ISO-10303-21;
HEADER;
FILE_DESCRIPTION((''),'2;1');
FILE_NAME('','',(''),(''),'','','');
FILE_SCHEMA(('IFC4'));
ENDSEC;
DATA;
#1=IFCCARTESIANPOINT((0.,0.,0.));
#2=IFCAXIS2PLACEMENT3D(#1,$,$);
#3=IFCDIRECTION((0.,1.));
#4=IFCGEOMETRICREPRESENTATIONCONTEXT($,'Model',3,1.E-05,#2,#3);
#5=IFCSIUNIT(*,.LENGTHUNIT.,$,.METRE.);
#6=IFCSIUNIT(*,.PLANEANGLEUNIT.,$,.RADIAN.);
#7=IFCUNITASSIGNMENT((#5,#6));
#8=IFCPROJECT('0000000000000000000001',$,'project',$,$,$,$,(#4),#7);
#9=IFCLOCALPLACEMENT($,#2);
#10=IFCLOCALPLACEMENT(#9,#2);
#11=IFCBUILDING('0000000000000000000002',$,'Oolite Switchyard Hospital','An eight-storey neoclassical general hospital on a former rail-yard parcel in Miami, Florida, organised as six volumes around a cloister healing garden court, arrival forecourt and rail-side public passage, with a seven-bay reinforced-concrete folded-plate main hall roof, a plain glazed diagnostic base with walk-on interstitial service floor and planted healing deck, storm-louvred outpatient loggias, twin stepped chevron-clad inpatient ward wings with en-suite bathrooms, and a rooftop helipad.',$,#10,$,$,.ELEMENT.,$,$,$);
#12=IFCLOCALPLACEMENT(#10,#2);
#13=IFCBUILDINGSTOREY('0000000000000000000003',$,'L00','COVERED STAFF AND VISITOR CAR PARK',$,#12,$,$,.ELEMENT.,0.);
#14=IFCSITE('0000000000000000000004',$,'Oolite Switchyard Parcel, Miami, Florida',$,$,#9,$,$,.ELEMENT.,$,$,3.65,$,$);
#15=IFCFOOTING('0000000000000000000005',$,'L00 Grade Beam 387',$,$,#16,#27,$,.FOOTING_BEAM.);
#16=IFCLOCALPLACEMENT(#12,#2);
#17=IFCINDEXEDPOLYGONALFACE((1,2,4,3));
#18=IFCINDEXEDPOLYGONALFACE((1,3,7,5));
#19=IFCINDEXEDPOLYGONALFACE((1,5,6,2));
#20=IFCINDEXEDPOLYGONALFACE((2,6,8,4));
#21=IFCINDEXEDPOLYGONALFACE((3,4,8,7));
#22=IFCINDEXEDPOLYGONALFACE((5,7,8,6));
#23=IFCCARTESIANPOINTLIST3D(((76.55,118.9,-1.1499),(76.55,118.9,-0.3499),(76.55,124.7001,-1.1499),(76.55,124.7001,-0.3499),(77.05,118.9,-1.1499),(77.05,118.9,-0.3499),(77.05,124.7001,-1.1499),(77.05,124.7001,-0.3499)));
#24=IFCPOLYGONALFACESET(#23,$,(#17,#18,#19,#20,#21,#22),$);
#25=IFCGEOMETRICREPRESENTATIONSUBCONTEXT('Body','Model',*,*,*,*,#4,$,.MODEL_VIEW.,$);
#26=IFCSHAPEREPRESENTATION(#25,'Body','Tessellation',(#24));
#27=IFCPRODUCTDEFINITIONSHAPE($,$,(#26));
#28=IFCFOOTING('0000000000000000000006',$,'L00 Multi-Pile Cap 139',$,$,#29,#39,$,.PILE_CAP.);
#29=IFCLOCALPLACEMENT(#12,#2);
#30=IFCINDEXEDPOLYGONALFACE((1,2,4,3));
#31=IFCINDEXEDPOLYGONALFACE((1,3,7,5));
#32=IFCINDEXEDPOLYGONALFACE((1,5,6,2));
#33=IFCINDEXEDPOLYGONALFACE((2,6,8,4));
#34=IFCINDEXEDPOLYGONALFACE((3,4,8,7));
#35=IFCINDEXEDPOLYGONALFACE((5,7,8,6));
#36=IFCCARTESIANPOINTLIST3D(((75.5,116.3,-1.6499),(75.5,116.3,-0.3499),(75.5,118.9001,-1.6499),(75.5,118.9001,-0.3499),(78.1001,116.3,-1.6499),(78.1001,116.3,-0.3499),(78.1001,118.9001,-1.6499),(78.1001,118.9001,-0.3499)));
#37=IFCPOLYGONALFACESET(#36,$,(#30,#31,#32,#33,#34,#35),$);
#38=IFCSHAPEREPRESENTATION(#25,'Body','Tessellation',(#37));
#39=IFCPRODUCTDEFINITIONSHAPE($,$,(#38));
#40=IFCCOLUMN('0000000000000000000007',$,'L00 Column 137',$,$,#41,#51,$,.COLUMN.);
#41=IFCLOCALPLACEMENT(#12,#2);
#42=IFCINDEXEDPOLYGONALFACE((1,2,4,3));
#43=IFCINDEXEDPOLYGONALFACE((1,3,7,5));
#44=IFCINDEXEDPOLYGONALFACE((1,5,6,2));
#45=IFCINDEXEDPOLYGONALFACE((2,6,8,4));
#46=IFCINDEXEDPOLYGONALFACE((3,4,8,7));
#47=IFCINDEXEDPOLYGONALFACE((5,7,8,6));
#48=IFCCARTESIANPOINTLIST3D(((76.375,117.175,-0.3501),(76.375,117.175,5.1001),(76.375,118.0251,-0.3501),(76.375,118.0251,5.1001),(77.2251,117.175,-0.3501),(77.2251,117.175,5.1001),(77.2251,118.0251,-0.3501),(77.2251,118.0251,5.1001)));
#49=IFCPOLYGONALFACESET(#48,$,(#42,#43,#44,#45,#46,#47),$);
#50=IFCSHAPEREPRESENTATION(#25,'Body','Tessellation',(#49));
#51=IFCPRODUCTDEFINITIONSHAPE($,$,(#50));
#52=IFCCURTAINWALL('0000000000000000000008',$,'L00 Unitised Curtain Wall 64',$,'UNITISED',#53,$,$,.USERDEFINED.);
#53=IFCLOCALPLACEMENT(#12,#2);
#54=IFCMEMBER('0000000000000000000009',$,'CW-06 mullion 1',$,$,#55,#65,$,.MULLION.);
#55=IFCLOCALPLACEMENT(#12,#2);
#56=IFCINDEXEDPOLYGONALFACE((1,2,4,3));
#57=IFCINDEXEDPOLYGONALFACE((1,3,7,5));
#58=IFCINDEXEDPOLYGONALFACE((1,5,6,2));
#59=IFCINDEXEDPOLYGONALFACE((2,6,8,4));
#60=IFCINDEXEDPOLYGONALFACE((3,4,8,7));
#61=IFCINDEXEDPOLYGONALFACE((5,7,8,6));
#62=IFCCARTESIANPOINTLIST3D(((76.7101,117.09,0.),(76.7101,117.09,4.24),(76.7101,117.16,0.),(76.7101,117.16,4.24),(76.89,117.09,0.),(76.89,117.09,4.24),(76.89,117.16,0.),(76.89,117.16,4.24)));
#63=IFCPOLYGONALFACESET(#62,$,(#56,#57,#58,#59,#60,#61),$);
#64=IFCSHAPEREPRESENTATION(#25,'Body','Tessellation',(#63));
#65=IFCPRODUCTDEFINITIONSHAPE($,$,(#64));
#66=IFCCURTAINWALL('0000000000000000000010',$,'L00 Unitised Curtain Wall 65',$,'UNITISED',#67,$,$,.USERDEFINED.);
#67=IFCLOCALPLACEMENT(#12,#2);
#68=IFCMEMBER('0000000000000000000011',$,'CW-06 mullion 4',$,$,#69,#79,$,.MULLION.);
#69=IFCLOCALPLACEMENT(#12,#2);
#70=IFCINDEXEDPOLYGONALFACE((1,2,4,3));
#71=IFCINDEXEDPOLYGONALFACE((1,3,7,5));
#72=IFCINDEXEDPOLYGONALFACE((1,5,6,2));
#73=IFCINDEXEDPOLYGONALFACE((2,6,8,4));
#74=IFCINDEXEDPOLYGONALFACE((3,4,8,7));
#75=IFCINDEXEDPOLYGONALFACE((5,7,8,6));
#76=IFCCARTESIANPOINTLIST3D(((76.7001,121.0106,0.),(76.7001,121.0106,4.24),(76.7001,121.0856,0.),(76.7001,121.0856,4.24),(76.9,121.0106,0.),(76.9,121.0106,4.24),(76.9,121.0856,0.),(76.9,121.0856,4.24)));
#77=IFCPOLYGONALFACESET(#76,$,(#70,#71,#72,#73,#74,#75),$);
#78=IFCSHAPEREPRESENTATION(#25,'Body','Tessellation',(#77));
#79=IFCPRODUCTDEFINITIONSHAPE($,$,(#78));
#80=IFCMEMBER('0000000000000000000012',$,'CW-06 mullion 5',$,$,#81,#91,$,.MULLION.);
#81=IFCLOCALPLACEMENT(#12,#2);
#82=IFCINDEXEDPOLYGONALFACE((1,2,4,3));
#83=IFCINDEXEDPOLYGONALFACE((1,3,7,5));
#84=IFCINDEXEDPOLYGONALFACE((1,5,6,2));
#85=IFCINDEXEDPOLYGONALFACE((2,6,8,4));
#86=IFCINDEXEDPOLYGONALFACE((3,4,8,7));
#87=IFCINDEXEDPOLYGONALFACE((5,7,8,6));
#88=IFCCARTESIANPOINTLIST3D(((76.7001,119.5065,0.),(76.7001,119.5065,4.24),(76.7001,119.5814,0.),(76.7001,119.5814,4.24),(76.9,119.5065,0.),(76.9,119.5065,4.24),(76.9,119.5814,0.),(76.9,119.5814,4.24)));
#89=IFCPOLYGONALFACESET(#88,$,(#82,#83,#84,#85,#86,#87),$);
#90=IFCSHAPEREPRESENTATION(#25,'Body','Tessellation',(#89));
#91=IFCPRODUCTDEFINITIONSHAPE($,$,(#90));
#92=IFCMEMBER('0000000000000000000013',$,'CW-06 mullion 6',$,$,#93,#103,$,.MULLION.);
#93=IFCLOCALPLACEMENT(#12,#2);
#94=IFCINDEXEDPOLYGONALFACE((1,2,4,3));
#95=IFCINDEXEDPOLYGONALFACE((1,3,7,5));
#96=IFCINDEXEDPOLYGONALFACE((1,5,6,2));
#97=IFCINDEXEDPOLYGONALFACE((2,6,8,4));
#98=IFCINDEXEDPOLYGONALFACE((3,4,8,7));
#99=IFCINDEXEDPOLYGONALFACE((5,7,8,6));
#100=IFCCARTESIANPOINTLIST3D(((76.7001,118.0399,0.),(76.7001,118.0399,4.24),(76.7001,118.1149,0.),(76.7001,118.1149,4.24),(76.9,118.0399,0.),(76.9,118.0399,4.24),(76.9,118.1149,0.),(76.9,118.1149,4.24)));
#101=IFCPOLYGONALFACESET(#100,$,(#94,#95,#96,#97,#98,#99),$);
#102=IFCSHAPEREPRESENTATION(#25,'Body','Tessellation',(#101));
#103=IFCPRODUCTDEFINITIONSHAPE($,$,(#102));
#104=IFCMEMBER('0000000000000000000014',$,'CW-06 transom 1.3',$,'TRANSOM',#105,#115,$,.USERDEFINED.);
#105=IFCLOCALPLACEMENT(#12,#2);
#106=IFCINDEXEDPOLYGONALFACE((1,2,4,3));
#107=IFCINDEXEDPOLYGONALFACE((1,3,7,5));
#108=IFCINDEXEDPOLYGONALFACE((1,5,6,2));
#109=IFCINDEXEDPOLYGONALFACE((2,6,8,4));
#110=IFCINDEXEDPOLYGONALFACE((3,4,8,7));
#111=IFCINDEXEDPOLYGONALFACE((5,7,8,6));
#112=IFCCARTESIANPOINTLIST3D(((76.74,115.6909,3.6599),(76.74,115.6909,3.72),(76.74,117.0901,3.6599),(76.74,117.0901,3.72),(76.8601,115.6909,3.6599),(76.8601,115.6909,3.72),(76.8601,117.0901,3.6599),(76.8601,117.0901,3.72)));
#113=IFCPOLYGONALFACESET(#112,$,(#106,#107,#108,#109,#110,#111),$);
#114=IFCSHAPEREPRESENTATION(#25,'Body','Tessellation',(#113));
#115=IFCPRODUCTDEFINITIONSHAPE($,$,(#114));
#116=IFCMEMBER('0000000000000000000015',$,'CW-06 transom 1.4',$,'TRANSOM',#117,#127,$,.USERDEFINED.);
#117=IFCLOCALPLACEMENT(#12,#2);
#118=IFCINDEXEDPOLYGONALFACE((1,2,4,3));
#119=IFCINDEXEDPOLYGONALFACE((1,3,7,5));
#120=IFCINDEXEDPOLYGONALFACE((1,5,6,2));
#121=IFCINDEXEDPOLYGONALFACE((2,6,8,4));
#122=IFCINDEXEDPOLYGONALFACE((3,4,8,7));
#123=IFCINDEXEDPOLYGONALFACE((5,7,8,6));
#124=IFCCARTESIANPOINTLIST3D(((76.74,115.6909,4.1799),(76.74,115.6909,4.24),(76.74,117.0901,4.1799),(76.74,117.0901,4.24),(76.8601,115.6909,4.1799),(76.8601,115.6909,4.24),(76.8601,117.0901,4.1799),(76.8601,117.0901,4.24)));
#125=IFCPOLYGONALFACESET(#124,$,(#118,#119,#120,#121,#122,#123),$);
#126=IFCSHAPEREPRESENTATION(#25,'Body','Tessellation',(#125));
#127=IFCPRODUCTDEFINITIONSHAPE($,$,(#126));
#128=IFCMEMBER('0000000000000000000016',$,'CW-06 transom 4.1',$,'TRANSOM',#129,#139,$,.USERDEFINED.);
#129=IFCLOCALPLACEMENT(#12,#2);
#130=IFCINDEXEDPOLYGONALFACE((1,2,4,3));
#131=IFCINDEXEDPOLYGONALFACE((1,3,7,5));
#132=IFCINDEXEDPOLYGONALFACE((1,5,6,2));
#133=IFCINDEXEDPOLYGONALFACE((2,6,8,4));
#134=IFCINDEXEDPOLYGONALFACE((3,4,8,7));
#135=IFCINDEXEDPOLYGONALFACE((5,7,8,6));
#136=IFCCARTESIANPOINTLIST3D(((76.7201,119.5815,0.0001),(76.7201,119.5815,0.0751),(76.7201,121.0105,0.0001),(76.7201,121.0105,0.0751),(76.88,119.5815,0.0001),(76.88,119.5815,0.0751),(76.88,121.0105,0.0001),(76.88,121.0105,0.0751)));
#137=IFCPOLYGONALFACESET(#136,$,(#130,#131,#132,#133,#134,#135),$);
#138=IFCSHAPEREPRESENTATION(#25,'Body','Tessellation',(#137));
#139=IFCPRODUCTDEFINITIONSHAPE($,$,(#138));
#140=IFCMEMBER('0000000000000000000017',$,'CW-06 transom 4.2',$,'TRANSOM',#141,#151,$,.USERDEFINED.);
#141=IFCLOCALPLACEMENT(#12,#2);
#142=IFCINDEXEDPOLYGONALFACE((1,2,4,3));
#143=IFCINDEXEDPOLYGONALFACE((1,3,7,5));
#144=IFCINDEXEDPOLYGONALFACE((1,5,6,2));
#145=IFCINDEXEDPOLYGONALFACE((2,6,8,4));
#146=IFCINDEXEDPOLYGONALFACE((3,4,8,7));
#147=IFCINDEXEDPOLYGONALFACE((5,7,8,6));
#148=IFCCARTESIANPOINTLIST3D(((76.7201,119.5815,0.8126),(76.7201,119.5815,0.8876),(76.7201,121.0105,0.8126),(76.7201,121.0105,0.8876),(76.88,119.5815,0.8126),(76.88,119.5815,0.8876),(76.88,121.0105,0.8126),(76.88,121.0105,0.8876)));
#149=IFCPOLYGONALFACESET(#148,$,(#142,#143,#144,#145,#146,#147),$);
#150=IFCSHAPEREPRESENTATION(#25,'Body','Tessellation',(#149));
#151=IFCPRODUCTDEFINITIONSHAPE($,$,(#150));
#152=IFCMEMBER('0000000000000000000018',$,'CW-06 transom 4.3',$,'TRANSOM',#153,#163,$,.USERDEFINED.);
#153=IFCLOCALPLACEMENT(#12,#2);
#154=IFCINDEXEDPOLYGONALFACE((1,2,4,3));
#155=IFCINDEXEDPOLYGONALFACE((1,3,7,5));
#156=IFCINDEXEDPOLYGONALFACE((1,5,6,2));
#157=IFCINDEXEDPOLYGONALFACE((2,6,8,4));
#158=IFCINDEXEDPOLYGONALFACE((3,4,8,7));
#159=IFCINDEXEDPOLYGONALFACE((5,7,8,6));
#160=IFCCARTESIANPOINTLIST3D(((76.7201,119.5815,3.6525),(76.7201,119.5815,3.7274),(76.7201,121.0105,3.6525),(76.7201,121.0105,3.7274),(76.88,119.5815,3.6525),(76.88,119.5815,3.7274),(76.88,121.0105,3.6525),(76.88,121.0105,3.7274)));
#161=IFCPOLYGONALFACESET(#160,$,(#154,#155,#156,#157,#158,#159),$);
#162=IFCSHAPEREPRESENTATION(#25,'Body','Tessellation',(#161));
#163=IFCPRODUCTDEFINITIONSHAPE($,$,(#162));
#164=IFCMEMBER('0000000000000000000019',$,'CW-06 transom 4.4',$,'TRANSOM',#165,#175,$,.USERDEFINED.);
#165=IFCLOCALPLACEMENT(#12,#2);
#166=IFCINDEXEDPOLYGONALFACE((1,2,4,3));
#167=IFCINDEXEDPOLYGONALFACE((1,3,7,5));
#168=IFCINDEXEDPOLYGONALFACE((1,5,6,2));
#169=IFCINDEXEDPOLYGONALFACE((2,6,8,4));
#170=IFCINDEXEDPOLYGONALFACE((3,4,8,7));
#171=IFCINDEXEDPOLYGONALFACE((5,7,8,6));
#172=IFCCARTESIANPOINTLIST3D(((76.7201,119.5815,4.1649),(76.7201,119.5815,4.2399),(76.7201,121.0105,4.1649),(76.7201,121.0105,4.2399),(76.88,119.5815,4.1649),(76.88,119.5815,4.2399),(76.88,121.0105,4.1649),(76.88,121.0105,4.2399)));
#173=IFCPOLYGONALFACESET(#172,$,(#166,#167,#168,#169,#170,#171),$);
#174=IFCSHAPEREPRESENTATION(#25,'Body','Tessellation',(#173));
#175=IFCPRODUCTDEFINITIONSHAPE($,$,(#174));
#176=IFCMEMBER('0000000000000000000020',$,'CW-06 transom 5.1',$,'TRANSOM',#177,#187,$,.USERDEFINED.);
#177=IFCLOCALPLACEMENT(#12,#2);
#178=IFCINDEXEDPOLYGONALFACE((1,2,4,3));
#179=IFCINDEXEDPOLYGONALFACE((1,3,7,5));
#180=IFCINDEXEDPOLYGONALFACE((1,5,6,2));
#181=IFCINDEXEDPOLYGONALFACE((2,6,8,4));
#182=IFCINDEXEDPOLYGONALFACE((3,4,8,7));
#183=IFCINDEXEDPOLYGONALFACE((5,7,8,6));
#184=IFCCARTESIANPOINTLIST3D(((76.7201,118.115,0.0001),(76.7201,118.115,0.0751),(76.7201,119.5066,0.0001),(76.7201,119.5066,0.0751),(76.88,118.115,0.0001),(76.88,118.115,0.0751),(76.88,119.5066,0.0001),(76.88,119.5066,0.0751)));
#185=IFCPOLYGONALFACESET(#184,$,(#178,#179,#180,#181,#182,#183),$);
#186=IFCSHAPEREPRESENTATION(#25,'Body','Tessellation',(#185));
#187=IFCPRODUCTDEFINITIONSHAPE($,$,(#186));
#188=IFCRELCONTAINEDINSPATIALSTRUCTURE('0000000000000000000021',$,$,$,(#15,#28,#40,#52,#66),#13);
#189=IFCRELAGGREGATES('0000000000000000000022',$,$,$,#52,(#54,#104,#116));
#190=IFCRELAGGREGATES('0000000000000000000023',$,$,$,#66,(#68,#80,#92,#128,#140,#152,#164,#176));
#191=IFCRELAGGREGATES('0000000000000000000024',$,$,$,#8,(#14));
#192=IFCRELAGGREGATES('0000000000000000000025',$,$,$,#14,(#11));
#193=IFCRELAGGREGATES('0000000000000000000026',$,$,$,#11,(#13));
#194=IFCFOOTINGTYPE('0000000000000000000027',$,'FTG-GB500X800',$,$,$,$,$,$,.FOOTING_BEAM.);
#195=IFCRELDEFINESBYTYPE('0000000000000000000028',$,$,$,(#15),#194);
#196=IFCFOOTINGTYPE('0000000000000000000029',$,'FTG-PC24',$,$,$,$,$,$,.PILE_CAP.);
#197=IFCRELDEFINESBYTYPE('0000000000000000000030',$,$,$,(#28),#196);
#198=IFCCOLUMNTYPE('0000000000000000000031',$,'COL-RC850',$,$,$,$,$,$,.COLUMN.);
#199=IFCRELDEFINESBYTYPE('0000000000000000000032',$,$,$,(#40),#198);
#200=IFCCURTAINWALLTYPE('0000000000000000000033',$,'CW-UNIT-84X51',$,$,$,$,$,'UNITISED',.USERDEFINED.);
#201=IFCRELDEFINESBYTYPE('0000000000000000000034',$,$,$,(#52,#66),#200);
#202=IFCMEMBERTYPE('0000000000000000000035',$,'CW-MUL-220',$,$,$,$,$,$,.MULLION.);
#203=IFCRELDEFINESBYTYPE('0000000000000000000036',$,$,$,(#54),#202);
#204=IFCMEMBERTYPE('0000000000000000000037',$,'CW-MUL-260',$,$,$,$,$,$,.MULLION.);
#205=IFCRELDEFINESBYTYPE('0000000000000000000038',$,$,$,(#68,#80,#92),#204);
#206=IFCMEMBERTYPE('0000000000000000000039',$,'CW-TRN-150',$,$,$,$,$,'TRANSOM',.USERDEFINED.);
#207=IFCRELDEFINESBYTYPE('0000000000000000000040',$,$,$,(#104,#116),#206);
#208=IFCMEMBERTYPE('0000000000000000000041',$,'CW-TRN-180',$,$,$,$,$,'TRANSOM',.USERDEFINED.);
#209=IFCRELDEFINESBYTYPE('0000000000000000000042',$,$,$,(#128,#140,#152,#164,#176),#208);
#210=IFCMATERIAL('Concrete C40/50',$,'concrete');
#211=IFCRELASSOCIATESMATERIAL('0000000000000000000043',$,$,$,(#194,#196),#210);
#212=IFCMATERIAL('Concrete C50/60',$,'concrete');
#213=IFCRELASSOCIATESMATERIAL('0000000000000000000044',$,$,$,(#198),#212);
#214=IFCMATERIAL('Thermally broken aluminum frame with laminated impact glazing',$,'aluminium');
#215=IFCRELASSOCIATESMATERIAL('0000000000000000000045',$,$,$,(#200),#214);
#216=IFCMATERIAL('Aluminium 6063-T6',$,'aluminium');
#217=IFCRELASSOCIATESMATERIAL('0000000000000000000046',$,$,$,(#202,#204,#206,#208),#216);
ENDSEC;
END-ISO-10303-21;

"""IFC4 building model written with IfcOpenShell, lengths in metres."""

from ifc_helpers import new_model, si_unit, direction, frame, origin, origin_2d, place, context, subcontext, project, spatial, rectangle, extrude, material, material_profile, profile_set, type_object, element, aggregate, save


model = new_model("IFC4")

# Units and contexts
model_context = context("Model", 3, precision=1e-05, world=origin(), true_north=direction((0.0, 1.0)))
body_context = subcontext(model_context, "Body", "Model", "MODEL_VIEW")
ifc_project = project(units=[si_unit("LENGTHUNIT", "METRE"), si_unit("PLANEANGLEUNIT", "RADIAN")], contexts=[model_context])

# Site, building, storey
site_placement = place(None, origin())
site = spatial("IfcSite", under=ifc_project, at=site_placement, Name="Oolite Switchyard Parcel, Miami, Florida", CompositionType="ELEMENT", RefElevation=3.65)
building_placement = place(site_placement, origin())
building = spatial("IfcBuilding", under=site, at=building_placement, Name="Oolite Switchyard Hospital", Description="An eight-storey neoclassical general hospital on a former rail-yard parcel in Miami, Florida, organised as six volumes around a cloister healing garden court, arrival forecourt and rail-side public passage, with a seven-bay reinforced-concrete folded-plate main hall roof, a plain glazed diagnostic base with walk-on interstitial service floor and planted healing deck, storm-louvred outpatient loggias, twin stepped chevron-clad inpatient ward wings with en-suite bathrooms, and a rooftop helipad.", CompositionType="ELEMENT")
storey_placement = place(building_placement, origin())
storey = spatial("IfcBuildingStorey", under=building, at=storey_placement, Name="L00", Description="COVERED STAFF AND VISITOR CAR PARK", CompositionType="ELEMENT", Elevation=0.0)

# Footings
ifc_material_1 = material(Name="Concrete C40/50", Category="concrete")
footing_type_1 = type_object("IfcFootingType", Name="FTG-GB500X800", PredefinedType="FOOTING_BEAM", material=ifc_material_1)
footing_1_placement = place(storey_placement, frame((76.8, 121.8, -1.1499), z_axis=(0.0, 0.0, 1.0), x_axis=(0.0, 1.0, 0.0)))
element("IfcFooting", 1, at=footing_1_placement, inside=storey, type_object=footing_type_1, Name="L00 Grade Beam 387", PredefinedType="FOOTING_BEAM", context=body_context, shape_type="SweptSolid", body=[
    extrude(rectangle(XDim=5.8, YDim=0.5, at=origin_2d()), origin(), (0.0, 0.0, 1.0), 0.8),
])
footing_type_2 = type_object("IfcFootingType", Name="FTG-PC24", PredefinedType="PILE_CAP", material=ifc_material_1)
footing_2_placement = place(storey_placement, frame((76.8, 117.6001, -1.6499), z_axis=(0.0, 0.0, 1.0), x_axis=(1.0, 0.0, 0.0)))
element("IfcFooting", 2, at=footing_2_placement, inside=storey, type_object=footing_type_2, Name="L00 Multi-Pile Cap 139", PredefinedType="PILE_CAP", context=body_context, shape_type="SweptSolid", body=[
    extrude(rectangle(XDim=2.6001, YDim=2.6001, at=origin_2d()), origin(), (0.0, 0.0, 1.0), 1.3),
])

# Column
ifc_material_2 = material(Name="Concrete C50/60", Category="concrete")
ifc_material_profile_1 = material_profile(ifc_material_2, rectangle(XDim=0.8501, YDim=0.8501, at=origin_2d()), Name="RC850X850")
ifc_profile_set_1 = profile_set([ifc_material_profile_1], Name="Concrete C50/60")
column_type = type_object("IfcColumnType", Name="COL-RC850", PredefinedType="COLUMN", material=ifc_profile_set_1)
column_placement = place(storey_placement, frame((76.8, 117.6001, -0.3501), z_axis=(0.0, 0.0, 1.0), x_axis=(1.0, 0.0, 0.0)))
element("IfcColumn", 3, at=column_placement, inside=storey, type_object=column_type, Name="L00 Column 137", PredefinedType="COLUMN", context=body_context, shape_type="SweptSolid", body=[
    extrude(rectangle(XDim=0.8501, YDim=0.8501, at=origin_2d()), origin(), (0.0, 0.0, 1.0), 5.4502),
])

# Curtain wall, member
ifc_material_3 = material(Name="Thermally broken aluminum frame with laminated impact glazing", Category="aluminium")
curtain_wall_type = type_object("IfcCurtainWallType", Name="CW-UNIT-84X51", ElementType="UNITISED", PredefinedType="USERDEFINED", material=ifc_material_3)
curtain_wall_1_placement = place(storey_placement, origin())
curtain_wall_1 = element("IfcCurtainWall", 4, at=curtain_wall_1_placement, inside=storey, type_object=curtain_wall_type, Name="L00 Unitised Curtain Wall 64", ObjectType="UNITISED", PredefinedType="USERDEFINED")
ifc_material_4 = material(Name="Aluminium 6063-T6", Category="aluminium")
ifc_material_profile_2 = material_profile(ifc_material_4, rectangle(XDim=0.1799, YDim=0.0701, at=origin_2d()), Name="CWM70X180")
ifc_profile_set_2 = profile_set([ifc_material_profile_2], Name="Aluminium 6063-T6")
member_type_1 = type_object("IfcMemberType", Name="CW-MUL-220", PredefinedType="MULLION", material=ifc_profile_set_2)
member_1_placement = place(storey_placement, frame((76.8, 117.125, 0.0), z_axis=(0.0, 0.0, 1.0), x_axis=(1.0, 0.0, 0.0)))
member_1 = element("IfcMember", 5, at=member_1_placement, type_object=member_type_1, Name="CW-06 mullion 1", PredefinedType="MULLION", context=body_context, shape_type="SweptSolid", body=[
    extrude(rectangle(XDim=0.1799, YDim=0.0701, at=origin_2d()), origin(), (0.0, 0.0, 1.0), 4.24),
])

# Curtain wall, members
curtain_wall_2_placement = place(storey_placement, origin())
curtain_wall_2 = element("IfcCurtainWall", 6, at=curtain_wall_2_placement, inside=storey, type_object=curtain_wall_type, Name="L00 Unitised Curtain Wall 65", ObjectType="UNITISED", PredefinedType="USERDEFINED")
ifc_material_profile_3 = material_profile(ifc_material_4, rectangle(XDim=0.2, YDim=0.075, at=origin_2d()), Name="CWM75X200")
ifc_profile_set_3 = profile_set([ifc_material_profile_3], Name="Aluminium 6063-T6")
member_type_2 = type_object("IfcMemberType", Name="CW-MUL-260", PredefinedType="MULLION", material=ifc_profile_set_3)
member_2_placement = place(storey_placement, frame((76.8, 121.0481, 0.0), z_axis=(0.0, 0.0, 1.0), x_axis=(1.0, 0.0, 0.0)))
member_2 = element("IfcMember", 7, at=member_2_placement, type_object=member_type_2, Name="CW-06 mullion 4", PredefinedType="MULLION", context=body_context, shape_type="SweptSolid", body=[
    extrude(rectangle(XDim=0.2, YDim=0.075, at=origin_2d()), origin(), (0.0, 0.0, 1.0), 4.24),
])
member_3_placement = place(storey_placement, frame((76.8, 119.5439, 0.0), z_axis=(0.0, 0.0, 1.0), x_axis=(1.0, 0.0, 0.0)))
member_3 = element("IfcMember", 8, at=member_3_placement, type_object=member_type_2, Name="CW-06 mullion 5", PredefinedType="MULLION", context=body_context, shape_type="SweptSolid", body=[
    extrude(rectangle(XDim=0.2, YDim=0.075, at=origin_2d()), origin(), (0.0, 0.0, 1.0), 4.24),
])
member_4_placement = place(storey_placement, frame((76.8, 118.0774, 0.0), z_axis=(0.0, 0.0, 1.0), x_axis=(1.0, 0.0, 0.0)))
member_4 = element("IfcMember", 9, at=member_4_placement, type_object=member_type_2, Name="CW-06 mullion 6", PredefinedType="MULLION", context=body_context, shape_type="SweptSolid", body=[
    extrude(rectangle(XDim=0.2, YDim=0.075, at=origin_2d()), origin(), (0.0, 0.0, 1.0), 4.24),
])

# Members
ifc_material_profile_4 = material_profile(ifc_material_4, rectangle(XDim=0.1201, YDim=0.0601, at=origin_2d()), Name="CWT60X120")
ifc_profile_set_4 = profile_set([ifc_material_profile_4], Name="Aluminium 6063-T6")
member_type_3 = type_object("IfcMemberType", Name="CW-TRN-150", ElementType="TRANSOM", PredefinedType="USERDEFINED", material=ifc_profile_set_4)
member_5_placement = place(storey_placement, frame((76.8, 117.0901, 3.6899), z_axis=(0.0, -1.0, 0.0), x_axis=(1.0, 0.0, 0.0)))
member_5 = element("IfcMember", 10, at=member_5_placement, type_object=member_type_3, Name="CW-06 transom 1.3", ObjectType="TRANSOM", PredefinedType="USERDEFINED", context=body_context, shape_type="SweptSolid", body=[
    extrude(rectangle(XDim=0.1201, YDim=0.0601, at=origin_2d()), origin(), (0.0, 0.0, 1.0), 1.3992),
])
member_6_placement = place(storey_placement, frame((76.8, 117.0901, 4.21), z_axis=(0.0, -1.0, 0.0), x_axis=(1.0, 0.0, 0.0)))
member_6 = element("IfcMember", 11, at=member_6_placement, type_object=member_type_3, Name="CW-06 transom 1.4", ObjectType="TRANSOM", PredefinedType="USERDEFINED", context=body_context, shape_type="SweptSolid", body=[
    extrude(rectangle(XDim=0.1201, YDim=0.0601, at=origin_2d()), origin(), (0.0, 0.0, 1.0), 1.3992),
])
aggregate(curtain_wall_1, [member_1, member_5, member_6])
ifc_material_profile_5 = material_profile(ifc_material_4, rectangle(XDim=0.1599, YDim=0.075, at=origin_2d()), Name="CWT75X160")
ifc_profile_set_5 = profile_set([ifc_material_profile_5], Name="Aluminium 6063-T6")
member_type_4 = type_object("IfcMemberType", Name="CW-TRN-180", ElementType="TRANSOM", PredefinedType="USERDEFINED", material=ifc_profile_set_5)
member_7_placement = place(storey_placement, frame((76.8, 121.0105, 0.0376), z_axis=(0.0, -1.0, 0.0), x_axis=(1.0, 0.0, 0.0)))
member_7 = element("IfcMember", 12, at=member_7_placement, type_object=member_type_4, Name="CW-06 transom 4.1", ObjectType="TRANSOM", PredefinedType="USERDEFINED", context=body_context, shape_type="SweptSolid", body=[
    extrude(rectangle(XDim=0.1599, YDim=0.075, at=origin_2d()), origin(), (0.0, 0.0, 1.0), 1.429),
])
member_8_placement = place(storey_placement, frame((76.8, 121.0105, 0.8501), z_axis=(0.0, -1.0, 0.0), x_axis=(1.0, 0.0, 0.0)))
member_8 = element("IfcMember", 13, at=member_8_placement, type_object=member_type_4, Name="CW-06 transom 4.2", ObjectType="TRANSOM", PredefinedType="USERDEFINED", context=body_context, shape_type="SweptSolid", body=[
    extrude(rectangle(XDim=0.1599, YDim=0.075, at=origin_2d()), origin(), (0.0, 0.0, 1.0), 1.429),
])
member_9_placement = place(storey_placement, frame((76.8, 121.0105, 3.6899), z_axis=(0.0, -1.0, 0.0), x_axis=(1.0, 0.0, 0.0)))
member_9 = element("IfcMember", 14, at=member_9_placement, type_object=member_type_4, Name="CW-06 transom 4.3", ObjectType="TRANSOM", PredefinedType="USERDEFINED", context=body_context, shape_type="SweptSolid", body=[
    extrude(rectangle(XDim=0.1599, YDim=0.075, at=origin_2d()), origin(), (0.0, 0.0, 1.0), 1.429),
])
member_10_placement = place(storey_placement, frame((76.8, 121.0105, 4.2024), z_axis=(0.0, -1.0, 0.0), x_axis=(1.0, 0.0, 0.0)))
member_10 = element("IfcMember", 15, at=member_10_placement, type_object=member_type_4, Name="CW-06 transom 4.4", ObjectType="TRANSOM", PredefinedType="USERDEFINED", context=body_context, shape_type="SweptSolid", body=[
    extrude(rectangle(XDim=0.1599, YDim=0.075, at=origin_2d()), origin(), (0.0, 0.0, 1.0), 1.429),
])
member_11_placement = place(storey_placement, frame((76.8, 119.5066, 0.0376), z_axis=(0.0, -1.0, 0.0), x_axis=(1.0, 0.0, 0.0)))
member_11 = element("IfcMember", 16, at=member_11_placement, type_object=member_type_4, Name="CW-06 transom 5.1", ObjectType="TRANSOM", PredefinedType="USERDEFINED", context=body_context, shape_type="SweptSolid", body=[
    extrude(rectangle(XDim=0.1599, YDim=0.075, at=origin_2d()), origin(), (0.0, 0.0, 1.0), 1.3916),
])

aggregate(curtain_wall_2, [member_2, member_3, member_4, member_7, member_8, member_9, member_10, member_11])

save(model, "model.ifc")
